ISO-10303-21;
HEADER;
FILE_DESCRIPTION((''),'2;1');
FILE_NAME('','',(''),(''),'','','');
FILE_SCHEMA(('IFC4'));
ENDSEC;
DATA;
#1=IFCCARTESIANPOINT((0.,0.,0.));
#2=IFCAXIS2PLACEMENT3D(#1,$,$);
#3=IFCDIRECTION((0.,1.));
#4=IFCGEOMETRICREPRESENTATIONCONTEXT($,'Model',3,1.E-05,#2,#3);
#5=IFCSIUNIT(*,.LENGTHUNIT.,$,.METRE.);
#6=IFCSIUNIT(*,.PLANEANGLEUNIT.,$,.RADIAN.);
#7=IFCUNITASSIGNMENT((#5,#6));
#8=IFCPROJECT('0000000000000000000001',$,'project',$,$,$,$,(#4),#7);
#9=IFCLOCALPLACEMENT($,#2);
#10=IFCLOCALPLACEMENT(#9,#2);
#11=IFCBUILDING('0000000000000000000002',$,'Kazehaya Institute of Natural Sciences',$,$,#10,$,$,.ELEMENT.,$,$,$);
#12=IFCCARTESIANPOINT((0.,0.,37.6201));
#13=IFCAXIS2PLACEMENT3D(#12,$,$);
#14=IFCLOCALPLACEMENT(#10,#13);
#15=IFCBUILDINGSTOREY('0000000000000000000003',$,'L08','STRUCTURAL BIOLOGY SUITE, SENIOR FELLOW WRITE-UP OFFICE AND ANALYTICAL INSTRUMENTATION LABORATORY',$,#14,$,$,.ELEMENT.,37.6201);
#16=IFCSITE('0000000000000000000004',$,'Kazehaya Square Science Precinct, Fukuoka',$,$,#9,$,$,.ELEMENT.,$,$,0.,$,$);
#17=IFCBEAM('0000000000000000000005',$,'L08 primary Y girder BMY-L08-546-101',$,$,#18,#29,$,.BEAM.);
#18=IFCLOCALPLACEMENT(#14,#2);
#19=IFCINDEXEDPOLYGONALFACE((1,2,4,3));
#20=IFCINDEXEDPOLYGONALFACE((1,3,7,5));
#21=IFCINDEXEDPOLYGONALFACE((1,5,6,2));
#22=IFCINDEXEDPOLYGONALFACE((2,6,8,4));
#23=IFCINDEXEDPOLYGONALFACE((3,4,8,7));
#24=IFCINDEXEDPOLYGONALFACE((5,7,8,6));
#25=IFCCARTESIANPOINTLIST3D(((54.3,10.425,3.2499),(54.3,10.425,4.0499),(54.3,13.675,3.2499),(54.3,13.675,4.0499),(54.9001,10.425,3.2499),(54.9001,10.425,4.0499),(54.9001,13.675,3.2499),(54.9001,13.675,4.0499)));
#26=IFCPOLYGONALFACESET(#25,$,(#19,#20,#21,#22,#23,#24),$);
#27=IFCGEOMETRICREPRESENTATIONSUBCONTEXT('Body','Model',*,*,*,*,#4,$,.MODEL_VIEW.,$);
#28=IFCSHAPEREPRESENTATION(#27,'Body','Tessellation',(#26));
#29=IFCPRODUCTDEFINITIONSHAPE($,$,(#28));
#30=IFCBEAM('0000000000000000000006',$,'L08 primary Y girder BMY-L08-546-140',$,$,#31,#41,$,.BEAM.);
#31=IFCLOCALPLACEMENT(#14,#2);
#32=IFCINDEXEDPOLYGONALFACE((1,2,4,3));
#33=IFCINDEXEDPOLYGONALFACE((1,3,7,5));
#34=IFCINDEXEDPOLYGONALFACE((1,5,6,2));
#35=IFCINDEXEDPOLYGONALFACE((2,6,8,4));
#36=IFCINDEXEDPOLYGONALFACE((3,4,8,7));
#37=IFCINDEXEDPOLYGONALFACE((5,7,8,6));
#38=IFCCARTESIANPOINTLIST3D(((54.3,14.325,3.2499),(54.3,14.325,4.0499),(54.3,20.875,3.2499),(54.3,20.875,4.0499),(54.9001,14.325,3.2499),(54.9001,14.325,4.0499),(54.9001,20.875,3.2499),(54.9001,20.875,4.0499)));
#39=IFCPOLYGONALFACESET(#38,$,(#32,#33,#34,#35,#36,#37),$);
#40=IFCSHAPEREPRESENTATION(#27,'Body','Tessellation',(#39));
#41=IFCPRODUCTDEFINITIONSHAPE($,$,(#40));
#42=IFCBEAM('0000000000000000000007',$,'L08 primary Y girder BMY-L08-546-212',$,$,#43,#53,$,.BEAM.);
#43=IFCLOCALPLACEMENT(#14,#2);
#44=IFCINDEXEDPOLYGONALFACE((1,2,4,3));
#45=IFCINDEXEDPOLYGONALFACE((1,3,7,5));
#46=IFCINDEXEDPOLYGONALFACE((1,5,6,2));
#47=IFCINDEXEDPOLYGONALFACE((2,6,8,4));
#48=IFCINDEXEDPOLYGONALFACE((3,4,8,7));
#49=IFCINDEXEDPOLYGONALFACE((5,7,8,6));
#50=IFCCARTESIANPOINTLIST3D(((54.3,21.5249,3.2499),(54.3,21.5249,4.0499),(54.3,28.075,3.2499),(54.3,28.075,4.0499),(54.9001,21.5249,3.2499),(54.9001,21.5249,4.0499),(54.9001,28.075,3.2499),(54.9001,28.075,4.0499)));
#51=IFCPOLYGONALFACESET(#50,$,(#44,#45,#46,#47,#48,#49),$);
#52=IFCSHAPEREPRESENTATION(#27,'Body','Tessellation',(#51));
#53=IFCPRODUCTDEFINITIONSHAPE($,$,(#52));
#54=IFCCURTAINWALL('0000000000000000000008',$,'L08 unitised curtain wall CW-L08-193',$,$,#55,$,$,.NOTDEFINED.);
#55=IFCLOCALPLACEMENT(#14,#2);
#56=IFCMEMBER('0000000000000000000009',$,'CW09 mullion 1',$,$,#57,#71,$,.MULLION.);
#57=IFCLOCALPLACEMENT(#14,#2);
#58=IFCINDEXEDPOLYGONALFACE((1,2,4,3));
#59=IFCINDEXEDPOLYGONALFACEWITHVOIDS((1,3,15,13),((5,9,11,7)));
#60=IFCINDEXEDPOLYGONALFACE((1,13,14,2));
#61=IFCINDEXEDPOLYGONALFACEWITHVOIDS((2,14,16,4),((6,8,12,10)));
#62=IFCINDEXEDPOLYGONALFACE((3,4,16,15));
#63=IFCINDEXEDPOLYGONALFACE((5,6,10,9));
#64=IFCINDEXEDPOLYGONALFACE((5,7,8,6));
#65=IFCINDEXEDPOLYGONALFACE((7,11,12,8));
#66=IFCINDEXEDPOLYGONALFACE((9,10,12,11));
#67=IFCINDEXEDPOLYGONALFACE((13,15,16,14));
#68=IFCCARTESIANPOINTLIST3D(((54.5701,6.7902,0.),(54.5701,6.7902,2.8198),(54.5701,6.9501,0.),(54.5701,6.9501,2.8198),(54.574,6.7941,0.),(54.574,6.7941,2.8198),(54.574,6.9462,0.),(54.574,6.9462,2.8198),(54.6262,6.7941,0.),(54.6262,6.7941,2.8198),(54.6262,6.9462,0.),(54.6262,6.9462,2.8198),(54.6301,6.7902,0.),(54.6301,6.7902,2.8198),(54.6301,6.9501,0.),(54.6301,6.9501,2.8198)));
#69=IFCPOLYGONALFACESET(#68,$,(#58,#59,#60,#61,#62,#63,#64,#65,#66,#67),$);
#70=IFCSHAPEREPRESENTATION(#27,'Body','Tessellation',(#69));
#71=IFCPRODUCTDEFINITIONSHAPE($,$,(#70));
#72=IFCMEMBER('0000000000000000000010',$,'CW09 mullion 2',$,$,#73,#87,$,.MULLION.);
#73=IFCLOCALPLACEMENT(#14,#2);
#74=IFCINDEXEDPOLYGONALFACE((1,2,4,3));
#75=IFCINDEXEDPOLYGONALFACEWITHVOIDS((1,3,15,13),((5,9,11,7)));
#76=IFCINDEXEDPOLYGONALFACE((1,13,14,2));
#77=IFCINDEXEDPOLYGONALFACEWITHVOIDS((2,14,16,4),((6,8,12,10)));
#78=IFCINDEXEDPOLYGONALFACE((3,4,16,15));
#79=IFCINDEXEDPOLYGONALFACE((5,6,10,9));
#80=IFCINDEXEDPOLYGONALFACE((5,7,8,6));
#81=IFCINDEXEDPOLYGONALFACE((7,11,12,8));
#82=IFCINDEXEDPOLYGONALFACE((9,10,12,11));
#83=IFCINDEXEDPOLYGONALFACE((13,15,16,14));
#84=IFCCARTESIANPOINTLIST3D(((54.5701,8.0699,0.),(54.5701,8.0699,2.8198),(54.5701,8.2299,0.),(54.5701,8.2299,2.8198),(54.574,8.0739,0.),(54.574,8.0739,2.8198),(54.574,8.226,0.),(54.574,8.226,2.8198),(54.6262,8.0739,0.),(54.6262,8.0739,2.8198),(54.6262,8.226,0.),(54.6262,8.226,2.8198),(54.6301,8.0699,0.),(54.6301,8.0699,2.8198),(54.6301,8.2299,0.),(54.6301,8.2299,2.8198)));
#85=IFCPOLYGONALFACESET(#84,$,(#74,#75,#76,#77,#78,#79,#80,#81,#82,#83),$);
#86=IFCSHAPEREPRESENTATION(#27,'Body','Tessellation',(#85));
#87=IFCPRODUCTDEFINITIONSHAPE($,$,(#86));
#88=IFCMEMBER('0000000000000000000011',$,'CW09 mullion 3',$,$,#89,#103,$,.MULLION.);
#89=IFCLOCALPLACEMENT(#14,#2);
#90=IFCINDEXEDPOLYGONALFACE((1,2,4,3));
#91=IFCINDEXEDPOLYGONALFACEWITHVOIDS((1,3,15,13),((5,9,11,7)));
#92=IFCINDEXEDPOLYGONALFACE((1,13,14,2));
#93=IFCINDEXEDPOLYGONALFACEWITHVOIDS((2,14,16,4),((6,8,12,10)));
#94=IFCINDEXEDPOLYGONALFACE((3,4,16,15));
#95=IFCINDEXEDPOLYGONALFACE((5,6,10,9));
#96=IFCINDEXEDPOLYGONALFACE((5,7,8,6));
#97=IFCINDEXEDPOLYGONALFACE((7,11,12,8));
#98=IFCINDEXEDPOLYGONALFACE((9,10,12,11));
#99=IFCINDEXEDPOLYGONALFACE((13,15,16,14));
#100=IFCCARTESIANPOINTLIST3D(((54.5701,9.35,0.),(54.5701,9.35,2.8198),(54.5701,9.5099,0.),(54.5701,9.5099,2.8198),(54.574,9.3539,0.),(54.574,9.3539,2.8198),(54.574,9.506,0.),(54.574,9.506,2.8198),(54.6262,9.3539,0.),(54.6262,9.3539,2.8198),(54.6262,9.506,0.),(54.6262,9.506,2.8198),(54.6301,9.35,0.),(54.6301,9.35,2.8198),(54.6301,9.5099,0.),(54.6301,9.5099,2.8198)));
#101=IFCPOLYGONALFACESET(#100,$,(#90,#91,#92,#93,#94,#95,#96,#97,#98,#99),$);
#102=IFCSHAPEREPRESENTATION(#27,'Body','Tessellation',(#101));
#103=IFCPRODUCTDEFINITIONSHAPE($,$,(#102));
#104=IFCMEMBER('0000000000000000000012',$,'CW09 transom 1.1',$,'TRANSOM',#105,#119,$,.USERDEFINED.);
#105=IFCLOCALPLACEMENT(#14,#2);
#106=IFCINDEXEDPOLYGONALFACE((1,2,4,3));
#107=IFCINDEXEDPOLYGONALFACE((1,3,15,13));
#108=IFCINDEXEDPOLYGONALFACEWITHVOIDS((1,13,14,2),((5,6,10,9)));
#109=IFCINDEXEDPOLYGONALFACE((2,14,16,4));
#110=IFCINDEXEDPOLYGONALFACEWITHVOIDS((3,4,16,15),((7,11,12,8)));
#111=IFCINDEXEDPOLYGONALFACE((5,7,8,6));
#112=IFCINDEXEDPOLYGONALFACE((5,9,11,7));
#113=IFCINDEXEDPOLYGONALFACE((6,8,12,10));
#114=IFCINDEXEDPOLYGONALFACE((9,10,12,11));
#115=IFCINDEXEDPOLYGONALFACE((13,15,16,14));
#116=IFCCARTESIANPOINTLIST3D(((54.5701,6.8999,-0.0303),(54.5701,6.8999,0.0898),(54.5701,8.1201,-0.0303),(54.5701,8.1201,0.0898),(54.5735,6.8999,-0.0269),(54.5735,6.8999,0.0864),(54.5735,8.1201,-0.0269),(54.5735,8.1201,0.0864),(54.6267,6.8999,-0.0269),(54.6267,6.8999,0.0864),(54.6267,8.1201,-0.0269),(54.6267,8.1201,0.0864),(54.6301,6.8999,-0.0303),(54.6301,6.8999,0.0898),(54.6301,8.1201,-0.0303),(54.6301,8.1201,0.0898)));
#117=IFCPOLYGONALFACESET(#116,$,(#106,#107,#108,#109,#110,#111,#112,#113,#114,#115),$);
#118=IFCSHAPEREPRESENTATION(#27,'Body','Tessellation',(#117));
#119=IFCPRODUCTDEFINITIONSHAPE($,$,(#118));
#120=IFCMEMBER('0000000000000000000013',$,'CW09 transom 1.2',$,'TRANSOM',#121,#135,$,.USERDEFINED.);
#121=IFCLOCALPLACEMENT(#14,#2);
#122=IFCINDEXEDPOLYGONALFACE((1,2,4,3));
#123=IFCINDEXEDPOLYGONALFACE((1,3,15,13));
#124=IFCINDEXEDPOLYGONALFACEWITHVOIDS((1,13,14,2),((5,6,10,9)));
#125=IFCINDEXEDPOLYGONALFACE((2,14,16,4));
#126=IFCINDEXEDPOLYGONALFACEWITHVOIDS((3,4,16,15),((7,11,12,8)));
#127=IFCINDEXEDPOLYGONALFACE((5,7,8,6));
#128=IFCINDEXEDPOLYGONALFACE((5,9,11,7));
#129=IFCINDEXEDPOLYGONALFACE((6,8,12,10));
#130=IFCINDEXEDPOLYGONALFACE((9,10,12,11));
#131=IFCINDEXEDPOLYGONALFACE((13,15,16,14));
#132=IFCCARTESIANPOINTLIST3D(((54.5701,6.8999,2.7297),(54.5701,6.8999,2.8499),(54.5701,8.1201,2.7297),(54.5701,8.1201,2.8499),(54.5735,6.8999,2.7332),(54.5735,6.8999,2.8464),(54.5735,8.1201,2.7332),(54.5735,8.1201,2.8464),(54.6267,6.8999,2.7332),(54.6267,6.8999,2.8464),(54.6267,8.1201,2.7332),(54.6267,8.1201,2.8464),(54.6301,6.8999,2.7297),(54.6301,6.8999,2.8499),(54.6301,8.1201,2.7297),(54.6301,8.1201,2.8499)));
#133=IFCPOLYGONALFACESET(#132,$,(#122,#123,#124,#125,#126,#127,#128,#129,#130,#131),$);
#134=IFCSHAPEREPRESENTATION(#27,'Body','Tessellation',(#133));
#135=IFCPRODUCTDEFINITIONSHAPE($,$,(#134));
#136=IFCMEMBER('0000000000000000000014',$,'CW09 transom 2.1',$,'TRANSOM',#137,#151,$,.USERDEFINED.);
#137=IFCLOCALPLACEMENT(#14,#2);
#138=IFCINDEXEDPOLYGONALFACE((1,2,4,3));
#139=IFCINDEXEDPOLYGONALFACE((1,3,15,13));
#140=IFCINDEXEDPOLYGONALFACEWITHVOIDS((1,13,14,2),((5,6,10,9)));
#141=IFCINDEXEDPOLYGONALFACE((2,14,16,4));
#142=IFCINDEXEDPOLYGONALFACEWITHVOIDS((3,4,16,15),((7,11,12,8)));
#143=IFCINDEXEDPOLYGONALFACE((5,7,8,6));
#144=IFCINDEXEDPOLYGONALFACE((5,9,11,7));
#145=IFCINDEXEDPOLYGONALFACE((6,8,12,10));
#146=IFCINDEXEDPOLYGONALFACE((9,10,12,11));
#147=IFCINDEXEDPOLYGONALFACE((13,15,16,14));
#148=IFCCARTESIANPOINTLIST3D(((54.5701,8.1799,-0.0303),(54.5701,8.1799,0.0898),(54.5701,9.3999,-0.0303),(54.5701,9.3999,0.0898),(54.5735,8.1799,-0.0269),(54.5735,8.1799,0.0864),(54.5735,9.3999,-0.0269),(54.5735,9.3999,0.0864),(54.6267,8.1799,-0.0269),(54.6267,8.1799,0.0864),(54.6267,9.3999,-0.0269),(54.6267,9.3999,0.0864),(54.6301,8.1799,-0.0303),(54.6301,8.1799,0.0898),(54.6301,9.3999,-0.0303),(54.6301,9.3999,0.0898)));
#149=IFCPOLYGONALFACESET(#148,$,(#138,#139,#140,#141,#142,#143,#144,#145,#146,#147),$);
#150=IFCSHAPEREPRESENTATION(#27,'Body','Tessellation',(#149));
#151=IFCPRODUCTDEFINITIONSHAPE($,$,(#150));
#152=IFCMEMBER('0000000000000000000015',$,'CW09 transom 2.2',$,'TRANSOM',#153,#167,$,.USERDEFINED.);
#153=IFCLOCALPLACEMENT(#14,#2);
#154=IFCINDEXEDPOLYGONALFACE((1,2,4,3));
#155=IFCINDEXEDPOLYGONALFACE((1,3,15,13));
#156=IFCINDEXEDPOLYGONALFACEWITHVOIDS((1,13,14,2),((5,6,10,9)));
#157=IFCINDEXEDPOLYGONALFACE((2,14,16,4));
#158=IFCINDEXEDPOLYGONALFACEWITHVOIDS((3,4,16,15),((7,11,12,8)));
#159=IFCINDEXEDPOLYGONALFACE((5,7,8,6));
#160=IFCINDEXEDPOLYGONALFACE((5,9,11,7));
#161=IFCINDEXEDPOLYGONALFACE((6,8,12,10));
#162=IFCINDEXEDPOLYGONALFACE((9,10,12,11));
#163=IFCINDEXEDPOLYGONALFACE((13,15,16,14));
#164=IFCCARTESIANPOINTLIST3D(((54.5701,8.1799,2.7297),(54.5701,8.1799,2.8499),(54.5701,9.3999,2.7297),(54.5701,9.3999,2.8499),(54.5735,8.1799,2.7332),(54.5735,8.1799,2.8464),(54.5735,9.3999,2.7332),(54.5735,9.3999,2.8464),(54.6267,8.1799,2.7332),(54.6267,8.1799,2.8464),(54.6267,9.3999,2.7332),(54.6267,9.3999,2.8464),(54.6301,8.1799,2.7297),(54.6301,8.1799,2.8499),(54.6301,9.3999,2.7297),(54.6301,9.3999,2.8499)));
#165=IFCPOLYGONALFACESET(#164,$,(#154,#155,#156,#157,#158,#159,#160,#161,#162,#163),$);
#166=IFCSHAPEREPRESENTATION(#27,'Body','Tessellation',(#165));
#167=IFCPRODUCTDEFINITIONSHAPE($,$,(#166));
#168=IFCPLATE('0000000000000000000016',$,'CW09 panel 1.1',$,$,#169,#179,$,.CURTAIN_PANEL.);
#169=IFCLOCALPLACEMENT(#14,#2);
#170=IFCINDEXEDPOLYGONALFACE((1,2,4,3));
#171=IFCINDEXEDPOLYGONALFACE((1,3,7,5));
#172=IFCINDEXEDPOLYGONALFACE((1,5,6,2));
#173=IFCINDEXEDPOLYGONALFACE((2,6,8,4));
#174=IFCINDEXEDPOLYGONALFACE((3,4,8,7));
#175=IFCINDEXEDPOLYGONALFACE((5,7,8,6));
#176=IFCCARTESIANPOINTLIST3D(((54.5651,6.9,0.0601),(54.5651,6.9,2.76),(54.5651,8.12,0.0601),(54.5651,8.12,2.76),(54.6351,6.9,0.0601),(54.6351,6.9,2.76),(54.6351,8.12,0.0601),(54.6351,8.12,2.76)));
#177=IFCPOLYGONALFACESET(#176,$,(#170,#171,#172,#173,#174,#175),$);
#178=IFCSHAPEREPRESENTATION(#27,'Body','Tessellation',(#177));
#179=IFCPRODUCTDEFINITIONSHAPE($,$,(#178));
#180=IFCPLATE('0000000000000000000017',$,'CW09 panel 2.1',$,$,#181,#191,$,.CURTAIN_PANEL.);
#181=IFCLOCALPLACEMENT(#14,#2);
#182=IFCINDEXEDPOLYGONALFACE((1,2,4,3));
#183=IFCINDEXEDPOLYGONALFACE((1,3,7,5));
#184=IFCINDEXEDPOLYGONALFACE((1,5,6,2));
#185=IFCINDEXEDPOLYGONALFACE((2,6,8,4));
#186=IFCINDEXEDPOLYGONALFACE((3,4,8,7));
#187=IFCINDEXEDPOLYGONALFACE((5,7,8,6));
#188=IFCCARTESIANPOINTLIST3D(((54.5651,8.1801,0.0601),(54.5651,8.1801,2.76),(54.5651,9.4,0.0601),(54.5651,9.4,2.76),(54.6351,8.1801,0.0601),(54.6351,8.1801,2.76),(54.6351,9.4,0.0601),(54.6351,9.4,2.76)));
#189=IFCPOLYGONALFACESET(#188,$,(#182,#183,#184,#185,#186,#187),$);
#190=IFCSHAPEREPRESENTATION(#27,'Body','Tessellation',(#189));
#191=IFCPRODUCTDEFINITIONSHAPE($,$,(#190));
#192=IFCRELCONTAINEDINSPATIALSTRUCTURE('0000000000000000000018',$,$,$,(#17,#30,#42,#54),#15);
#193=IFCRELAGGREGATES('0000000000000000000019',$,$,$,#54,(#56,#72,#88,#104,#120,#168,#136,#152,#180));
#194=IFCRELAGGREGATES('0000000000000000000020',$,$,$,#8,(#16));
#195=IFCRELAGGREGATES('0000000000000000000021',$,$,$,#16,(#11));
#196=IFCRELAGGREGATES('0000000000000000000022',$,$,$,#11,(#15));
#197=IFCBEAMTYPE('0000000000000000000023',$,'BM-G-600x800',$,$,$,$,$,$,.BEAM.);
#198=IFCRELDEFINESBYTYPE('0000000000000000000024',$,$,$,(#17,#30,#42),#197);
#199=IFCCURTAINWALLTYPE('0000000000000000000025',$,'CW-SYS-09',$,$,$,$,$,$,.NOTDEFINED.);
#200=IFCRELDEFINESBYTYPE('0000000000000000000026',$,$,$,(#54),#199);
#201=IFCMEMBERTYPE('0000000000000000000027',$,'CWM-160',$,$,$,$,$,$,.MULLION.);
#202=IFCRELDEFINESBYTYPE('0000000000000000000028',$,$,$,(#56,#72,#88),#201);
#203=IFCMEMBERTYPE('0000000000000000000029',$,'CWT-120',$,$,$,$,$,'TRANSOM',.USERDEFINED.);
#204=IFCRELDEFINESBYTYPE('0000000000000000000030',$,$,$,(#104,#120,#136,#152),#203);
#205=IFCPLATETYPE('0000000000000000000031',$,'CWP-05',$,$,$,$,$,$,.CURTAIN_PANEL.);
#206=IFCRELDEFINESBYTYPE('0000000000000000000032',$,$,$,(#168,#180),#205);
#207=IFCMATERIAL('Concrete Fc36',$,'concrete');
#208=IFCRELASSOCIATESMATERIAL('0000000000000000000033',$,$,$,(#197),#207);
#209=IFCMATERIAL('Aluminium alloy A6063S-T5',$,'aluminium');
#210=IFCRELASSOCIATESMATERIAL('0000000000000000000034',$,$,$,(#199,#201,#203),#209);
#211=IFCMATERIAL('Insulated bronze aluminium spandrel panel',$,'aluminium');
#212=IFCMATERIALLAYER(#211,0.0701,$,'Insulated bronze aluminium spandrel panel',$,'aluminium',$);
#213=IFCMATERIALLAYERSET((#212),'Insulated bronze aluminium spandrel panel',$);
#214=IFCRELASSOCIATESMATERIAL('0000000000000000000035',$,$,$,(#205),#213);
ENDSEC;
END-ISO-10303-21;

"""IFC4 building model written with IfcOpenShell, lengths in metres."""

from ifc_helpers import new_model, si_unit, direction, frame, origin, origin_2d, place, context, subcontext, project, spatial, rectangle, hollow_rectangle, extrude, material, layer, layer_set, material_profile, profile_set, type_object, element, aggregate, save


model = new_model("IFC4")

# Units and contexts
model_context = context("Model", 3, precision=1e-05, world=origin(), true_north=direction((0.0, 1.0)))
body_context = subcontext(model_context, "Body", "Model", "MODEL_VIEW")
ifc_project = project(units=[si_unit("LENGTHUNIT", "METRE"), si_unit("PLANEANGLEUNIT", "RADIAN")], contexts=[model_context])

# Site, building, storey
site_placement = place(None, origin())
site = spatial("IfcSite", under=ifc_project, at=site_placement, Name="Kazehaya Square Science Precinct, Fukuoka", CompositionType="ELEMENT", RefElevation=0.0)
building_placement = place(site_placement, origin())
building = spatial("IfcBuilding", under=site, at=building_placement, Name="Kazehaya Institute of Natural Sciences", CompositionType="ELEMENT")
storey_placement = place(building_placement, frame((0.0, 0.0, 37.6201)))
storey = spatial("IfcBuildingStorey", under=building, at=storey_placement, Name="L08", Description="STRUCTURAL BIOLOGY SUITE, SENIOR FELLOW WRITE-UP OFFICE AND ANALYTICAL INSTRUMENTATION LABORATORY", CompositionType="ELEMENT", Elevation=37.6201)

# Shared definitions
ifc_material_1 = material(Name="Concrete Fc36", Category="concrete")

# Beams
ifc_material_profile_1 = material_profile(ifc_material_1, rectangle(XDim=0.6001, YDim=0.8, at=origin_2d()), Name="RC-600x800")
ifc_profile_set_1 = profile_set([ifc_material_profile_1], Name="Concrete Fc36")
beam_type = type_object("IfcBeamType", Name="BM-G-600x800", PredefinedType="BEAM", material=ifc_profile_set_1)
beam_1_placement = place(storey_placement, frame((54.6001, 10.425, 3.6499), z_axis=(0.0, 1.0, 0.0), x_axis=(-1.0, 0.0, 0.0)))
element("IfcBeam", 1, at=beam_1_placement, inside=storey, type_object=beam_type, Name="L08 primary Y girder BMY-L08-546-101", PredefinedType="BEAM", context=body_context, shape_type="SweptSolid", body=[
    extrude(rectangle(XDim=0.6001, YDim=0.8, at=origin_2d()), origin(), (0.0, 0.0, 1.0), 3.25),
])
for number, where, z_axis, x_axis, name in (
    (2, (54.6001, 14.325, 3.6499), (0.0, 1.0, 0.0), (-1.0, 0.0, 0.0), "L08 primary Y girder BMY-L08-546-140"),
    (3, (54.6001, 21.5249, 3.6499), (0.0, 1.0, 0.0), (-1.0, 0.0, 0.0), "L08 primary Y girder BMY-L08-546-212"),
):
    element("IfcBeam", number, at=place(storey_placement, frame(where, z_axis=z_axis, x_axis=x_axis)), inside=storey, type_object=beam_type, Name=name, PredefinedType="BEAM", context=body_context, shape_type="SweptSolid", body=[
        extrude(rectangle(XDim=0.6001, YDim=0.8, at=origin_2d()), origin(), (0.0, 0.0, 1.0), 6.55),
    ])

# Curtain wall, members, plates
ifc_material_2 = material(Name="Aluminium alloy A6063S-T5", Category="aluminium")
curtain_wall_type = type_object("IfcCurtainWallType", Name="CW-SYS-09", PredefinedType="NOTDEFINED", material=ifc_material_2)
curtain_wall_placement = place(storey_placement, origin())
curtain_wall = element("IfcCurtainWall", 4, at=curtain_wall_placement, inside=storey, type_object=curtain_wall_type, Name="L08 unitised curtain wall CW-L08-193", PredefinedType="NOTDEFINED")
ifc_material_profile_2 = material_profile(ifc_material_2, hollow_rectangle(XDim=0.0601, YDim=0.1599, WallThickness=0.0039, at=origin_2d()), Name="ALU-60x160x4")
ifc_profile_set_2 = profile_set([ifc_material_profile_2], Name="Aluminium alloy A6063S-T5")
member_type_1 = type_object("IfcMemberType", Name="CWM-160", PredefinedType="MULLION", material=ifc_profile_set_2)
member_1_placement = place(storey_placement, frame((54.6001, 6.8701, 0.0), z_axis=(0.0, 0.0, 1.0), x_axis=(-1.0, 0.0, 0.0)))
member_1 = element("IfcMember", 5, at=member_1_placement, type_object=member_type_1, Name="CW09 mullion 1", PredefinedType="MULLION", context=body_context, shape_type="SweptSolid", body=[
    extrude(hollow_rectangle(XDim=0.0601, YDim=0.1599, WallThickness=0.0039, at=origin_2d()), origin(), (0.0, 0.0, 1.0), 2.8198),
])
member_2_placement = place(storey_placement, frame((54.6001, 8.1499, 0.0), z_axis=(0.0, 0.0, 1.0), x_axis=(-1.0, 0.0, 0.0)))
member_2 = element("IfcMember", 6, at=member_2_placement, type_object=member_type_1, Name="CW09 mullion 2", PredefinedType="MULLION", context=body_context, shape_type="SweptSolid", body=[
    extrude(hollow_rectangle(XDim=0.0601, YDim=0.1599, WallThickness=0.0039, at=origin_2d()), origin(), (0.0, 0.0, 1.0), 2.8198),
])
member_3_placement = place(storey_placement, frame((54.6001, 9.4299, 0.0), z_axis=(0.0, 0.0, 1.0), x_axis=(-1.0, 0.0, 0.0)))
member_3 = element("IfcMember", 7, at=member_3_placement, type_object=member_type_1, Name="CW09 mullion 3", PredefinedType="MULLION", context=body_context, shape_type="SweptSolid", body=[
    extrude(hollow_rectangle(XDim=0.0601, YDim=0.1599, WallThickness=0.0039, at=origin_2d()), origin(), (0.0, 0.0, 1.0), 2.8198),
])
ifc_material_profile_3 = material_profile(ifc_material_2, hollow_rectangle(XDim=0.0601, YDim=0.1201, WallThickness=0.0034, at=origin_2d()), Name="ALU-60x120x3.5")
ifc_profile_set_3 = profile_set([ifc_material_profile_3], Name="Aluminium alloy A6063S-T5")
member_type_2 = type_object("IfcMemberType", Name="CWT-120", ElementType="TRANSOM", PredefinedType="USERDEFINED", material=ifc_profile_set_3)
member_4_placement = place(storey_placement, frame((54.6001, 6.8999, 0.0298), z_axis=(0.0, 1.0, 0.0), x_axis=(-1.0, 0.0, 0.0)))
member_4 = element("IfcMember", 8, at=member_4_placement, type_object=member_type_2, Name="CW09 transom 1.1", ObjectType="TRANSOM", PredefinedType="USERDEFINED", context=body_context, shape_type="SweptSolid", body=[
    extrude(hollow_rectangle(XDim=0.0601, YDim=0.1201, WallThickness=0.0034, at=origin_2d()), origin(), (0.0, 0.0, 1.0), 1.2202),
])
member_5_placement = place(storey_placement, frame((54.6001, 6.8999, 2.7898), z_axis=(0.0, 1.0, 0.0), x_axis=(-1.0, 0.0, 0.0)))
member_5 = element("IfcMember", 9, at=member_5_placement, type_object=member_type_2, Name="CW09 transom 1.2", ObjectType="TRANSOM", PredefinedType="USERDEFINED", context=body_context, shape_type="SweptSolid", body=[
    extrude(hollow_rectangle(XDim=0.0601, YDim=0.1201, WallThickness=0.0034, at=origin_2d()), origin(), (0.0, 0.0, 1.0), 1.2202),
])
member_6_placement = place(storey_placement, frame((54.6001, 8.1799, 0.0298), z_axis=(0.0, 1.0, 0.0), x_axis=(-1.0, 0.0, 0.0)))
member_6 = element("IfcMember", 10, at=member_6_placement, type_object=member_type_2, Name="CW09 transom 2.1", ObjectType="TRANSOM", PredefinedType="USERDEFINED", context=body_context, shape_type="SweptSolid", body=[
    extrude(hollow_rectangle(XDim=0.0601, YDim=0.1201, WallThickness=0.0034, at=origin_2d()), origin(), (0.0, 0.0, 1.0), 1.22),
])
member_7_placement = place(storey_placement, frame((54.6001, 8.1799, 2.7898), z_axis=(0.0, 1.0, 0.0), x_axis=(-1.0, 0.0, 0.0)))
member_7 = element("IfcMember", 11, at=member_7_placement, type_object=member_type_2, Name="CW09 transom 2.2", ObjectType="TRANSOM", PredefinedType="USERDEFINED", context=body_context, shape_type="SweptSolid", body=[
    extrude(hollow_rectangle(XDim=0.0601, YDim=0.1201, WallThickness=0.0034, at=origin_2d()), origin(), (0.0, 0.0, 1.0), 1.22),
])
ifc_material_3 = material(Name="Insulated bronze aluminium spandrel panel", Category="aluminium")
ifc_layer_1 = layer(ifc_material_3, 0.0701, Name="Insulated bronze aluminium spandrel panel", Category="aluminium")
ifc_layer_set_1 = layer_set([ifc_layer_1], Name="Insulated bronze aluminium spandrel panel")
plate_type = type_object("IfcPlateType", Name="CWP-05", PredefinedType="CURTAIN_PANEL", material=ifc_layer_set_1)
plate_1_placement = place(storey_placement, frame((54.6001, 7.51, 0.0601), z_axis=(0.0, 0.0, 1.0), x_axis=(0.0, 1.0, 0.0)))
plate_1 = element("IfcPlate", 12, at=plate_1_placement, type_object=plate_type, Name="CW09 panel 1.1", PredefinedType="CURTAIN_PANEL", context=body_context, shape_type="SweptSolid", body=[
    extrude(rectangle(XDim=1.22, YDim=0.0701, at=origin_2d()), origin(), (0.0, 0.0, 1.0), 2.7),
])
plate_2_placement = place(storey_placement, frame((54.6001, 8.79, 0.0601), z_axis=(0.0, 0.0, 1.0), x_axis=(0.0, 1.0, 0.0)))
plate_2 = element("IfcPlate", 13, at=plate_2_placement, type_object=plate_type, Name="CW09 panel 2.1", PredefinedType="CURTAIN_PANEL", context=body_context, shape_type="SweptSolid", body=[
    extrude(rectangle(XDim=1.22, YDim=0.0701, at=origin_2d()), origin(), (0.0, 0.0, 1.0), 2.7),
])
aggregate(curtain_wall, [member_1, member_2, member_3, member_4, member_5, plate_1, member_6, member_7, plate_2])

save(model, "model.ifc")
